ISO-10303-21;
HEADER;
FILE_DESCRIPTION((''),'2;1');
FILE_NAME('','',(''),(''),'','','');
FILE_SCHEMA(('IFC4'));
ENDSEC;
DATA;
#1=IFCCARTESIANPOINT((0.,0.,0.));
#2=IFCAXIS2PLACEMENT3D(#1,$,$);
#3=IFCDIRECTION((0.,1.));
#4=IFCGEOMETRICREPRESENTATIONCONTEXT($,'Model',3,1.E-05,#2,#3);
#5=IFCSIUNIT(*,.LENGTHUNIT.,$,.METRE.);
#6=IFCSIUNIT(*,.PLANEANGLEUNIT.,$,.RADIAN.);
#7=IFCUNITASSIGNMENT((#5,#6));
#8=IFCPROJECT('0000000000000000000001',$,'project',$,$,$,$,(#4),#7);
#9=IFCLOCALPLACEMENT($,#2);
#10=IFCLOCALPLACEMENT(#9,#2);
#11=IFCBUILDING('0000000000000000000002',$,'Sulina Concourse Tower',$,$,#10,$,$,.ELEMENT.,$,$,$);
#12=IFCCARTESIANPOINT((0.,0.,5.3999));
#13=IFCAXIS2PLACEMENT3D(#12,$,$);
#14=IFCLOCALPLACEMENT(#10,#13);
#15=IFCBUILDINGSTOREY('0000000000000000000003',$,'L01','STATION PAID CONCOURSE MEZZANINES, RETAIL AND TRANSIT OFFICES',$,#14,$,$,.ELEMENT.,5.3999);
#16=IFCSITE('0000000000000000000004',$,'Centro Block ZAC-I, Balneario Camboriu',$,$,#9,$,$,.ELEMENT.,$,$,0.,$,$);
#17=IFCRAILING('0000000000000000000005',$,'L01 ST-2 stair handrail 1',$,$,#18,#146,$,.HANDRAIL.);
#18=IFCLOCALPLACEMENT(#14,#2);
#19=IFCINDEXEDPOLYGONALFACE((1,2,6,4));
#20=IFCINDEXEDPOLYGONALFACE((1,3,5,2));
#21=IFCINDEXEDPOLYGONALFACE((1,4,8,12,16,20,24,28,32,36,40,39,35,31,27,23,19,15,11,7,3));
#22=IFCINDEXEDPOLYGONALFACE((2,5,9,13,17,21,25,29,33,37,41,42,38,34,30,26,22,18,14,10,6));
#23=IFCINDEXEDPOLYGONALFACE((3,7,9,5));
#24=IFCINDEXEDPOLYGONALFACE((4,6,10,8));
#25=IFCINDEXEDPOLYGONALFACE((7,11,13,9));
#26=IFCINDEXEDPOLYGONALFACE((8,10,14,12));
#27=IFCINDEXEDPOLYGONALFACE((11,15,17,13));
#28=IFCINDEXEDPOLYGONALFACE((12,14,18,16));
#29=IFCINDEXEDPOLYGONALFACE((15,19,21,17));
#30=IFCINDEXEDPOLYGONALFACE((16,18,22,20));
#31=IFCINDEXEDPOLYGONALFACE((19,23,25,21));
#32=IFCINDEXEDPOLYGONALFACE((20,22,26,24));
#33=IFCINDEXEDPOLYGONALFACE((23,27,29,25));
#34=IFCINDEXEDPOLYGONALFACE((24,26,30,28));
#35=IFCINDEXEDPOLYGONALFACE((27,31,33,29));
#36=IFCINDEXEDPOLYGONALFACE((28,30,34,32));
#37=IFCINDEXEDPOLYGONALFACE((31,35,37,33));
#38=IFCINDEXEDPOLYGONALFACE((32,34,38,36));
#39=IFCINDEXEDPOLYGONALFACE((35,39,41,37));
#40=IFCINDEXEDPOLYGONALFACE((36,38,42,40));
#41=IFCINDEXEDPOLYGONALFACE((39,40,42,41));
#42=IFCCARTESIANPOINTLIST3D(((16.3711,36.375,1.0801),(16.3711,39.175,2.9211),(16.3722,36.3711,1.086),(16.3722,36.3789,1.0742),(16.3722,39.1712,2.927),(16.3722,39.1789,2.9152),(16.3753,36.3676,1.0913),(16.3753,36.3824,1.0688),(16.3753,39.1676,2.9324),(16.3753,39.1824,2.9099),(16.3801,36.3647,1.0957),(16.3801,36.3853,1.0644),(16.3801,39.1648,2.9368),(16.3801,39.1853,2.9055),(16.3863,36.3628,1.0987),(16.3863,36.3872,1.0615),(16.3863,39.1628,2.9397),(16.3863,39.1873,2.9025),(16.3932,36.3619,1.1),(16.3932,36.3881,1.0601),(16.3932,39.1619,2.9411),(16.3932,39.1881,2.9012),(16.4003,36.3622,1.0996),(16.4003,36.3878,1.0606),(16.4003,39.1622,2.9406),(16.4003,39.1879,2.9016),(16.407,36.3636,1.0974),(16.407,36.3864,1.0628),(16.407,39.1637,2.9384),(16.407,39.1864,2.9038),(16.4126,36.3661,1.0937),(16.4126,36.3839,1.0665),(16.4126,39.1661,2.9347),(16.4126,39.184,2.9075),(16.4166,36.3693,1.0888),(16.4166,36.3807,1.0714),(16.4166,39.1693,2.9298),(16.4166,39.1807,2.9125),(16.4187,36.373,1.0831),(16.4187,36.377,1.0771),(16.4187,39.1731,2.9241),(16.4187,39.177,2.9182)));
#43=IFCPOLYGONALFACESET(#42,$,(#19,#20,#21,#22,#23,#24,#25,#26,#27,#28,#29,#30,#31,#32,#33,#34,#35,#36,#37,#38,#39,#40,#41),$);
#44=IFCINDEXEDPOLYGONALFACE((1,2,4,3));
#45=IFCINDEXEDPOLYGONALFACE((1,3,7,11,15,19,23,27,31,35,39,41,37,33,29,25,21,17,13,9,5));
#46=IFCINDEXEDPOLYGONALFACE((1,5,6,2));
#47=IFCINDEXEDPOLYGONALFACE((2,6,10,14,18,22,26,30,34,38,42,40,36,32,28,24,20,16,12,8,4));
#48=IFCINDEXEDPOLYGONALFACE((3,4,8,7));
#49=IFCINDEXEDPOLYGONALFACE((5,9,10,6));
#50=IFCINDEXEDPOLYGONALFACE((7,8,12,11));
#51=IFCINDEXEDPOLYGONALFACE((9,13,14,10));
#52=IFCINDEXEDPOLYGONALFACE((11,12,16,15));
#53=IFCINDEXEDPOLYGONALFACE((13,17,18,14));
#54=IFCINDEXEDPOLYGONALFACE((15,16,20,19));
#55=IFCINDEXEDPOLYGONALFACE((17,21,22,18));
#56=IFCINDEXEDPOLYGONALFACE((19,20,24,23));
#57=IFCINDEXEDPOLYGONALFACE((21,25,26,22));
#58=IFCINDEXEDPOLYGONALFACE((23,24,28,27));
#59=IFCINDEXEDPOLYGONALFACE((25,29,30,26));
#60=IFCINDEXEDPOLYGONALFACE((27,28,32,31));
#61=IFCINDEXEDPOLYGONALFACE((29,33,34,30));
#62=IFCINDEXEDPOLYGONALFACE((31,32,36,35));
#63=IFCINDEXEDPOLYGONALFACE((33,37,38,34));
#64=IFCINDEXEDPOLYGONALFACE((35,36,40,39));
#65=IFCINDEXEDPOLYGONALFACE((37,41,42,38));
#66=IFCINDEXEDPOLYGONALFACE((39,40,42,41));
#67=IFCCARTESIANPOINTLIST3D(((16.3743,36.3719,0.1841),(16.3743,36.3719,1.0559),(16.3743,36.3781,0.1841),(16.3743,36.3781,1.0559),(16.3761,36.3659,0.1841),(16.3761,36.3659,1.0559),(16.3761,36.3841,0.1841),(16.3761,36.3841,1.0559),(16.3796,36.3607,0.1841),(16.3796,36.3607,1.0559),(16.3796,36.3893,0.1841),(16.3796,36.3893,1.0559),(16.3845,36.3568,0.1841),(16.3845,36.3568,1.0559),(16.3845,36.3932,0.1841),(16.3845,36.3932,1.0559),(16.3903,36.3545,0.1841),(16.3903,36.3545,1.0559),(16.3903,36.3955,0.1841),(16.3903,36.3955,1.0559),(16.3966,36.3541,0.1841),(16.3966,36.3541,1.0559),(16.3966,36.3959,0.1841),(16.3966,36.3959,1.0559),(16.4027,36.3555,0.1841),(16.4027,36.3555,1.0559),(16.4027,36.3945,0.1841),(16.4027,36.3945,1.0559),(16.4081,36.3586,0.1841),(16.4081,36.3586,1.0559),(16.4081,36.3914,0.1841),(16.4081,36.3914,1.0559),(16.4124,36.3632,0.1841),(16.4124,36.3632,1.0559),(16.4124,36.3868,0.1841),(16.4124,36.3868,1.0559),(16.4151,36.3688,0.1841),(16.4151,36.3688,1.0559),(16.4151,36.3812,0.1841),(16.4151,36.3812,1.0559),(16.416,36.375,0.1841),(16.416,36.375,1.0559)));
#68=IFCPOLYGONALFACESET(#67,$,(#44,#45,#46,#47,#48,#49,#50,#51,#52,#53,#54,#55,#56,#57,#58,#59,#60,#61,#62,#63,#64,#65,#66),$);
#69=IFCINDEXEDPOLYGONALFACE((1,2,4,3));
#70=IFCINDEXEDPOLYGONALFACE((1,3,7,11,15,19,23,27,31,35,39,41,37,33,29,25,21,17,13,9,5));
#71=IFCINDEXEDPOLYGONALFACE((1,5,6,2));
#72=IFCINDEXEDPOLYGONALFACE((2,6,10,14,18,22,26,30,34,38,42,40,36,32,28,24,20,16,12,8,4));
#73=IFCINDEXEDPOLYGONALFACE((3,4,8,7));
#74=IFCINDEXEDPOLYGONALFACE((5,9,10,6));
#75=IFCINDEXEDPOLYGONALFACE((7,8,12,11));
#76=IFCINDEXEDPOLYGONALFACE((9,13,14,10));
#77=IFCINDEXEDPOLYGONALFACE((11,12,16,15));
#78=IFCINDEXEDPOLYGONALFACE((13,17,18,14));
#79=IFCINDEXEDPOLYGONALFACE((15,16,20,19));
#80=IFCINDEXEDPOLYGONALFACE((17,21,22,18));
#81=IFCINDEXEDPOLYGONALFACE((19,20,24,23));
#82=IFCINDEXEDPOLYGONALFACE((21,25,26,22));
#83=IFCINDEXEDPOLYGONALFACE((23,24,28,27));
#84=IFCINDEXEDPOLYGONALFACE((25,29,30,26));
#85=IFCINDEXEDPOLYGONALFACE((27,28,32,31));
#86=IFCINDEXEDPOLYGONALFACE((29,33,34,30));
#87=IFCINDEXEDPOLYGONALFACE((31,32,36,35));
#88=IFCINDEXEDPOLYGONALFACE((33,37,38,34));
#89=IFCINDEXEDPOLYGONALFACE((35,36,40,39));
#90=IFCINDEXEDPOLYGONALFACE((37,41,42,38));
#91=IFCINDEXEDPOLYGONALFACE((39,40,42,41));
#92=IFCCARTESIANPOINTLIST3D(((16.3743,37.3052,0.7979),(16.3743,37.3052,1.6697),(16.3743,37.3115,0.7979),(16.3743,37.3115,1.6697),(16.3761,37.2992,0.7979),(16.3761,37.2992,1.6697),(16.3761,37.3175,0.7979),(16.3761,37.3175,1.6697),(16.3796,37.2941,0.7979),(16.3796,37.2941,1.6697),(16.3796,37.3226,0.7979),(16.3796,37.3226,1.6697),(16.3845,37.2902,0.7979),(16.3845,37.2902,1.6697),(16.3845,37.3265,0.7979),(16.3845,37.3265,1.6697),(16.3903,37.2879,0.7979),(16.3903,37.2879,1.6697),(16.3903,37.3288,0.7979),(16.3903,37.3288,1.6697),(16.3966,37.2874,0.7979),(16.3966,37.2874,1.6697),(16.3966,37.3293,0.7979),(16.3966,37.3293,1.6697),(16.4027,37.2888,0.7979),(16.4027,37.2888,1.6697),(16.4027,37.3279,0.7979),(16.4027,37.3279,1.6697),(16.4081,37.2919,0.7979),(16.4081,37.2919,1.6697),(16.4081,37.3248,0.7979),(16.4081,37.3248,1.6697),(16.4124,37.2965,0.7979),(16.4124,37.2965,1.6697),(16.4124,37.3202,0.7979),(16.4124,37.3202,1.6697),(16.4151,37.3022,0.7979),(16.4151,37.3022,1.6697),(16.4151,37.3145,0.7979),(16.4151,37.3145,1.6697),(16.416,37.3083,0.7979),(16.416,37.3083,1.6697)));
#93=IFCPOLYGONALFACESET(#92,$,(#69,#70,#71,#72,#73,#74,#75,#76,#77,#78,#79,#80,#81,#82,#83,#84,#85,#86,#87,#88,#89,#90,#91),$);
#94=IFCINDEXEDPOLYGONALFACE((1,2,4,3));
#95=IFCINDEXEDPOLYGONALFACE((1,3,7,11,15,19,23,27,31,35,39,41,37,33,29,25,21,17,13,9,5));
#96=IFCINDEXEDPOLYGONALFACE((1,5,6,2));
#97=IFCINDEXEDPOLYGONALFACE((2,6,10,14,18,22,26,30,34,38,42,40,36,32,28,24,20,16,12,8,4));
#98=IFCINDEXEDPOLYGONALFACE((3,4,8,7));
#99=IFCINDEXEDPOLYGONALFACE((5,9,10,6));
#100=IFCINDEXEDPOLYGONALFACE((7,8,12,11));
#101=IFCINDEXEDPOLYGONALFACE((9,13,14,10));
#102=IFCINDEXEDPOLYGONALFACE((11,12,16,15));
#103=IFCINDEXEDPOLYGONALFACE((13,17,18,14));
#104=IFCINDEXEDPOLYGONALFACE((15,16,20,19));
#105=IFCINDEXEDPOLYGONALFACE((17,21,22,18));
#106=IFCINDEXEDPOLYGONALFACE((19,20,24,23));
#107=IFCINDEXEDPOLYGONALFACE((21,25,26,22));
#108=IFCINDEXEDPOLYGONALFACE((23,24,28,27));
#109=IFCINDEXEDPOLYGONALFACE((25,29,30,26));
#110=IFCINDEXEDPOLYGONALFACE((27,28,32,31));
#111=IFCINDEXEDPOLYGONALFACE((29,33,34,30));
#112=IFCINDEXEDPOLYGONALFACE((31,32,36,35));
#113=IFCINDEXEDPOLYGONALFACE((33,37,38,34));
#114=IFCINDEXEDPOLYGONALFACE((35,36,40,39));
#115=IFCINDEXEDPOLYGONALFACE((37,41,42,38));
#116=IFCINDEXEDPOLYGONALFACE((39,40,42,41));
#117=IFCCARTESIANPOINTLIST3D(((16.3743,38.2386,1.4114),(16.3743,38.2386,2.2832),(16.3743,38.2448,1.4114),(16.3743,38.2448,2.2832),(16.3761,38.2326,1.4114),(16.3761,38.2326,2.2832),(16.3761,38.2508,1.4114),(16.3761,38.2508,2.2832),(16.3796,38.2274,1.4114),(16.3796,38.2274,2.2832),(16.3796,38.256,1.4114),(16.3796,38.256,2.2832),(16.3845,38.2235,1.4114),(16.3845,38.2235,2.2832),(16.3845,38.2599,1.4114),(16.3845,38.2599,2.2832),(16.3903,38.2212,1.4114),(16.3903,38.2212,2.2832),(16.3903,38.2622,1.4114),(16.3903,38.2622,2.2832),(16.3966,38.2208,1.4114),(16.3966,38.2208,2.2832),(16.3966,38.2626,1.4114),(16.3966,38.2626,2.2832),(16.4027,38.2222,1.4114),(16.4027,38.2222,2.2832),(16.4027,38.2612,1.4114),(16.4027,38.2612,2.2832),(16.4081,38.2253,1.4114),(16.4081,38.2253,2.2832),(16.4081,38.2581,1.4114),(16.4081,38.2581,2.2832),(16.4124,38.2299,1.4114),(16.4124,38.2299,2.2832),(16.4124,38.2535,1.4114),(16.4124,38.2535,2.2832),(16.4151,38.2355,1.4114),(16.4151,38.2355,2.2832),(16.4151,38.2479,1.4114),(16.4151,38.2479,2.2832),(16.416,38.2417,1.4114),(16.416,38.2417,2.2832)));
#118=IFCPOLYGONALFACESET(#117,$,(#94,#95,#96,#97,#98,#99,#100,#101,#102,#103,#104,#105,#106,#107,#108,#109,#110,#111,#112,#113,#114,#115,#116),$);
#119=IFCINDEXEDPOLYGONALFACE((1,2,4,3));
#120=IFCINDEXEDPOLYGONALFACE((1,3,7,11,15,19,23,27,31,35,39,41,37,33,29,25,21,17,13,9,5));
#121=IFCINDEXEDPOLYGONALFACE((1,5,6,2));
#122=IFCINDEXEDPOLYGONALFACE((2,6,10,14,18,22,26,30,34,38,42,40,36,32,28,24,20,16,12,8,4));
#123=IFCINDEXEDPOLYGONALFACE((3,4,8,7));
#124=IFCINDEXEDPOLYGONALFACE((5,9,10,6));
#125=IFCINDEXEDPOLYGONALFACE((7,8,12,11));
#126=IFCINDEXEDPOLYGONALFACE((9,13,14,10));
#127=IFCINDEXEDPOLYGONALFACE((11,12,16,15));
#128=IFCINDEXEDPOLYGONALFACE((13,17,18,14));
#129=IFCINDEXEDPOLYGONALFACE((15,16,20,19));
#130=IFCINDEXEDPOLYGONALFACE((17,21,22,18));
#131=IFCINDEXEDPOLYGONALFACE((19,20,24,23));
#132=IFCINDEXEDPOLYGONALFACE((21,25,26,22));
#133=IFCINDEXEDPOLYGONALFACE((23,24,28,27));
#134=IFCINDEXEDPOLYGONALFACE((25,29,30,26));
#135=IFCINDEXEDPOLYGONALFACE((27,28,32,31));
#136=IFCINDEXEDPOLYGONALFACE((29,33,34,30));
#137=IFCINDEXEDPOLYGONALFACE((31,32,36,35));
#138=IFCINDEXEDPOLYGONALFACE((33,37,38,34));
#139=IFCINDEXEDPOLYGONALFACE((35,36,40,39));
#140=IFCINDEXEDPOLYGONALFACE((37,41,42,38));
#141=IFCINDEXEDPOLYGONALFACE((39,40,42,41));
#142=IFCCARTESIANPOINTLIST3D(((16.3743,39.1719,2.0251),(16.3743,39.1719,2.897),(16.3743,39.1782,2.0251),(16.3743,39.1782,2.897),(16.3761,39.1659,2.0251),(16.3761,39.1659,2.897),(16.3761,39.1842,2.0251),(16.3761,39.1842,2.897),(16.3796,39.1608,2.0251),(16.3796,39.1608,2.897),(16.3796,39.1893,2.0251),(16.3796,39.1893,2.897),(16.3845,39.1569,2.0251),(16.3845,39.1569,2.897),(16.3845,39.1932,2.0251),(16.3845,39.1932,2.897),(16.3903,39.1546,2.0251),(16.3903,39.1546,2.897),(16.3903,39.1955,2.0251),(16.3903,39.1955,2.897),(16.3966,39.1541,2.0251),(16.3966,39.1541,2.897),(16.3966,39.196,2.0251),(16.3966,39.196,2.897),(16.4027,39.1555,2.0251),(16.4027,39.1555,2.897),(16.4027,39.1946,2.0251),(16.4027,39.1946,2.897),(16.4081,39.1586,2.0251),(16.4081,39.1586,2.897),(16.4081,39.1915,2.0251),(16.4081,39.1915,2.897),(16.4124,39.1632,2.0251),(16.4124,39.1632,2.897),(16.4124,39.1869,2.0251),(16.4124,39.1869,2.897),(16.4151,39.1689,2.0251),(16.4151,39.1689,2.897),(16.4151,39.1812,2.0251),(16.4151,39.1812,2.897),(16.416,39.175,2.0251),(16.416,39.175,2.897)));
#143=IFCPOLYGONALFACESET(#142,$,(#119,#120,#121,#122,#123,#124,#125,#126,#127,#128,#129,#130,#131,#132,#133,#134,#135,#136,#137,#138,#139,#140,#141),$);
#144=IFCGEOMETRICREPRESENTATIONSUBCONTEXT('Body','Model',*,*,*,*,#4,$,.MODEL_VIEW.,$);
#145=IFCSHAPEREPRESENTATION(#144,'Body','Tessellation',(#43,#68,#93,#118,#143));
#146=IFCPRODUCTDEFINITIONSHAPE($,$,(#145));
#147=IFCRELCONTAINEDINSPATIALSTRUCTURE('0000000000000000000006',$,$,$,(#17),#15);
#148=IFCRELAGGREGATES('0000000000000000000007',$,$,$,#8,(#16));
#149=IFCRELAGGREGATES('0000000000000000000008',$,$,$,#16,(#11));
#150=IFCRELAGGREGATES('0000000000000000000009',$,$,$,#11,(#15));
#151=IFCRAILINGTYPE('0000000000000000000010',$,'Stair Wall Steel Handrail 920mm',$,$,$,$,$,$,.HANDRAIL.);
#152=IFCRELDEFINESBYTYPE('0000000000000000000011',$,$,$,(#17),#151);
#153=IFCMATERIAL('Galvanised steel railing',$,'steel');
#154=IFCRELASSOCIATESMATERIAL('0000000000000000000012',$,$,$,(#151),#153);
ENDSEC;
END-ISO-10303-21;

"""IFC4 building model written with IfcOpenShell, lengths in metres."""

from ifc_helpers import new_model, si_unit, direction, frame, origin, origin_2d, place, context, subcontext, project, spatial, circle, extrude, material, type_object, element, save


model = new_model("IFC4")

# Units and contexts
model_context = context("Model", 3, precision=1e-05, world=origin(), true_north=direction((0.0, 1.0)))
body_context = subcontext(model_context, "Body", "Model", "MODEL_VIEW")
ifc_project = project(units=[si_unit("LENGTHUNIT", "METRE"), si_unit("PLANEANGLEUNIT", "RADIAN")], contexts=[model_context])

# Site, building, storey
site_placement = place(None, origin())
site = spatial("IfcSite", under=ifc_project, at=site_placement, Name="Centro Block ZAC-I, Balneario Camboriu", CompositionType="ELEMENT", RefElevation=0.0)
building_placement = place(site_placement, origin())
building = spatial("IfcBuilding", under=site, at=building_placement, Name="Sulina Concourse Tower", CompositionType="ELEMENT")
storey_placement = place(building_placement, frame((0.0, 0.0, 5.3999)))
storey = spatial("IfcBuildingStorey", under=building, at=storey_placement, Name="L01", Description="STATION PAID CONCOURSE MEZZANINES, RETAIL AND TRANSIT OFFICES", CompositionType="ELEMENT", Elevation=5.3999)

# Railing
ifc_material_1 = material(Name="Galvanised steel railing", Category="steel")
railing_type_1 = type_object("IfcRailingType", Name="Stair Wall Steel Handrail 920mm", PredefinedType="HANDRAIL", material=ifc_material_1)
for number, where, name in (
    (1, (16.395, 36.375, 0.1841), "L01 ST-2 stair handrail 1"),
):
    element("IfcRailing", number, at=place(storey_placement, frame(where)), inside=storey, type_object=railing_type_1, Name=name, PredefinedType="HANDRAIL", context=body_context, shape_type="SweptSolid", body=[
        extrude(circle(Radius=0.0239, at=origin_2d()), frame((0.0, 0.0, 0.896), z_axis=(0.0, 0.835564, 0.549393), x_axis=(-1.0, 0.0, 0.0)), (0.0, 0.0, 1.0), 3.3511),
        extrude(circle(Radius=0.021, at=origin_2d()), origin(), (0.0, 0.0, 1.0), 0.8718),
        extrude(circle(Radius=0.021, at=origin_2d()), frame((0.0, 0.9333, 0.6138)), (0.0, 0.0, 1.0), 0.8718),
        extrude(circle(Radius=0.021, at=origin_2d()), frame((0.0, 1.8667, 1.2273)), (0.0, 0.0, 1.0), 0.8718),
        extrude(circle(Radius=0.021, at=origin_2d()), frame((0.0, 2.8, 1.8411)), (0.0, 0.0, 1.0), 0.8718),
    ])

save(model, "model.ifc")
